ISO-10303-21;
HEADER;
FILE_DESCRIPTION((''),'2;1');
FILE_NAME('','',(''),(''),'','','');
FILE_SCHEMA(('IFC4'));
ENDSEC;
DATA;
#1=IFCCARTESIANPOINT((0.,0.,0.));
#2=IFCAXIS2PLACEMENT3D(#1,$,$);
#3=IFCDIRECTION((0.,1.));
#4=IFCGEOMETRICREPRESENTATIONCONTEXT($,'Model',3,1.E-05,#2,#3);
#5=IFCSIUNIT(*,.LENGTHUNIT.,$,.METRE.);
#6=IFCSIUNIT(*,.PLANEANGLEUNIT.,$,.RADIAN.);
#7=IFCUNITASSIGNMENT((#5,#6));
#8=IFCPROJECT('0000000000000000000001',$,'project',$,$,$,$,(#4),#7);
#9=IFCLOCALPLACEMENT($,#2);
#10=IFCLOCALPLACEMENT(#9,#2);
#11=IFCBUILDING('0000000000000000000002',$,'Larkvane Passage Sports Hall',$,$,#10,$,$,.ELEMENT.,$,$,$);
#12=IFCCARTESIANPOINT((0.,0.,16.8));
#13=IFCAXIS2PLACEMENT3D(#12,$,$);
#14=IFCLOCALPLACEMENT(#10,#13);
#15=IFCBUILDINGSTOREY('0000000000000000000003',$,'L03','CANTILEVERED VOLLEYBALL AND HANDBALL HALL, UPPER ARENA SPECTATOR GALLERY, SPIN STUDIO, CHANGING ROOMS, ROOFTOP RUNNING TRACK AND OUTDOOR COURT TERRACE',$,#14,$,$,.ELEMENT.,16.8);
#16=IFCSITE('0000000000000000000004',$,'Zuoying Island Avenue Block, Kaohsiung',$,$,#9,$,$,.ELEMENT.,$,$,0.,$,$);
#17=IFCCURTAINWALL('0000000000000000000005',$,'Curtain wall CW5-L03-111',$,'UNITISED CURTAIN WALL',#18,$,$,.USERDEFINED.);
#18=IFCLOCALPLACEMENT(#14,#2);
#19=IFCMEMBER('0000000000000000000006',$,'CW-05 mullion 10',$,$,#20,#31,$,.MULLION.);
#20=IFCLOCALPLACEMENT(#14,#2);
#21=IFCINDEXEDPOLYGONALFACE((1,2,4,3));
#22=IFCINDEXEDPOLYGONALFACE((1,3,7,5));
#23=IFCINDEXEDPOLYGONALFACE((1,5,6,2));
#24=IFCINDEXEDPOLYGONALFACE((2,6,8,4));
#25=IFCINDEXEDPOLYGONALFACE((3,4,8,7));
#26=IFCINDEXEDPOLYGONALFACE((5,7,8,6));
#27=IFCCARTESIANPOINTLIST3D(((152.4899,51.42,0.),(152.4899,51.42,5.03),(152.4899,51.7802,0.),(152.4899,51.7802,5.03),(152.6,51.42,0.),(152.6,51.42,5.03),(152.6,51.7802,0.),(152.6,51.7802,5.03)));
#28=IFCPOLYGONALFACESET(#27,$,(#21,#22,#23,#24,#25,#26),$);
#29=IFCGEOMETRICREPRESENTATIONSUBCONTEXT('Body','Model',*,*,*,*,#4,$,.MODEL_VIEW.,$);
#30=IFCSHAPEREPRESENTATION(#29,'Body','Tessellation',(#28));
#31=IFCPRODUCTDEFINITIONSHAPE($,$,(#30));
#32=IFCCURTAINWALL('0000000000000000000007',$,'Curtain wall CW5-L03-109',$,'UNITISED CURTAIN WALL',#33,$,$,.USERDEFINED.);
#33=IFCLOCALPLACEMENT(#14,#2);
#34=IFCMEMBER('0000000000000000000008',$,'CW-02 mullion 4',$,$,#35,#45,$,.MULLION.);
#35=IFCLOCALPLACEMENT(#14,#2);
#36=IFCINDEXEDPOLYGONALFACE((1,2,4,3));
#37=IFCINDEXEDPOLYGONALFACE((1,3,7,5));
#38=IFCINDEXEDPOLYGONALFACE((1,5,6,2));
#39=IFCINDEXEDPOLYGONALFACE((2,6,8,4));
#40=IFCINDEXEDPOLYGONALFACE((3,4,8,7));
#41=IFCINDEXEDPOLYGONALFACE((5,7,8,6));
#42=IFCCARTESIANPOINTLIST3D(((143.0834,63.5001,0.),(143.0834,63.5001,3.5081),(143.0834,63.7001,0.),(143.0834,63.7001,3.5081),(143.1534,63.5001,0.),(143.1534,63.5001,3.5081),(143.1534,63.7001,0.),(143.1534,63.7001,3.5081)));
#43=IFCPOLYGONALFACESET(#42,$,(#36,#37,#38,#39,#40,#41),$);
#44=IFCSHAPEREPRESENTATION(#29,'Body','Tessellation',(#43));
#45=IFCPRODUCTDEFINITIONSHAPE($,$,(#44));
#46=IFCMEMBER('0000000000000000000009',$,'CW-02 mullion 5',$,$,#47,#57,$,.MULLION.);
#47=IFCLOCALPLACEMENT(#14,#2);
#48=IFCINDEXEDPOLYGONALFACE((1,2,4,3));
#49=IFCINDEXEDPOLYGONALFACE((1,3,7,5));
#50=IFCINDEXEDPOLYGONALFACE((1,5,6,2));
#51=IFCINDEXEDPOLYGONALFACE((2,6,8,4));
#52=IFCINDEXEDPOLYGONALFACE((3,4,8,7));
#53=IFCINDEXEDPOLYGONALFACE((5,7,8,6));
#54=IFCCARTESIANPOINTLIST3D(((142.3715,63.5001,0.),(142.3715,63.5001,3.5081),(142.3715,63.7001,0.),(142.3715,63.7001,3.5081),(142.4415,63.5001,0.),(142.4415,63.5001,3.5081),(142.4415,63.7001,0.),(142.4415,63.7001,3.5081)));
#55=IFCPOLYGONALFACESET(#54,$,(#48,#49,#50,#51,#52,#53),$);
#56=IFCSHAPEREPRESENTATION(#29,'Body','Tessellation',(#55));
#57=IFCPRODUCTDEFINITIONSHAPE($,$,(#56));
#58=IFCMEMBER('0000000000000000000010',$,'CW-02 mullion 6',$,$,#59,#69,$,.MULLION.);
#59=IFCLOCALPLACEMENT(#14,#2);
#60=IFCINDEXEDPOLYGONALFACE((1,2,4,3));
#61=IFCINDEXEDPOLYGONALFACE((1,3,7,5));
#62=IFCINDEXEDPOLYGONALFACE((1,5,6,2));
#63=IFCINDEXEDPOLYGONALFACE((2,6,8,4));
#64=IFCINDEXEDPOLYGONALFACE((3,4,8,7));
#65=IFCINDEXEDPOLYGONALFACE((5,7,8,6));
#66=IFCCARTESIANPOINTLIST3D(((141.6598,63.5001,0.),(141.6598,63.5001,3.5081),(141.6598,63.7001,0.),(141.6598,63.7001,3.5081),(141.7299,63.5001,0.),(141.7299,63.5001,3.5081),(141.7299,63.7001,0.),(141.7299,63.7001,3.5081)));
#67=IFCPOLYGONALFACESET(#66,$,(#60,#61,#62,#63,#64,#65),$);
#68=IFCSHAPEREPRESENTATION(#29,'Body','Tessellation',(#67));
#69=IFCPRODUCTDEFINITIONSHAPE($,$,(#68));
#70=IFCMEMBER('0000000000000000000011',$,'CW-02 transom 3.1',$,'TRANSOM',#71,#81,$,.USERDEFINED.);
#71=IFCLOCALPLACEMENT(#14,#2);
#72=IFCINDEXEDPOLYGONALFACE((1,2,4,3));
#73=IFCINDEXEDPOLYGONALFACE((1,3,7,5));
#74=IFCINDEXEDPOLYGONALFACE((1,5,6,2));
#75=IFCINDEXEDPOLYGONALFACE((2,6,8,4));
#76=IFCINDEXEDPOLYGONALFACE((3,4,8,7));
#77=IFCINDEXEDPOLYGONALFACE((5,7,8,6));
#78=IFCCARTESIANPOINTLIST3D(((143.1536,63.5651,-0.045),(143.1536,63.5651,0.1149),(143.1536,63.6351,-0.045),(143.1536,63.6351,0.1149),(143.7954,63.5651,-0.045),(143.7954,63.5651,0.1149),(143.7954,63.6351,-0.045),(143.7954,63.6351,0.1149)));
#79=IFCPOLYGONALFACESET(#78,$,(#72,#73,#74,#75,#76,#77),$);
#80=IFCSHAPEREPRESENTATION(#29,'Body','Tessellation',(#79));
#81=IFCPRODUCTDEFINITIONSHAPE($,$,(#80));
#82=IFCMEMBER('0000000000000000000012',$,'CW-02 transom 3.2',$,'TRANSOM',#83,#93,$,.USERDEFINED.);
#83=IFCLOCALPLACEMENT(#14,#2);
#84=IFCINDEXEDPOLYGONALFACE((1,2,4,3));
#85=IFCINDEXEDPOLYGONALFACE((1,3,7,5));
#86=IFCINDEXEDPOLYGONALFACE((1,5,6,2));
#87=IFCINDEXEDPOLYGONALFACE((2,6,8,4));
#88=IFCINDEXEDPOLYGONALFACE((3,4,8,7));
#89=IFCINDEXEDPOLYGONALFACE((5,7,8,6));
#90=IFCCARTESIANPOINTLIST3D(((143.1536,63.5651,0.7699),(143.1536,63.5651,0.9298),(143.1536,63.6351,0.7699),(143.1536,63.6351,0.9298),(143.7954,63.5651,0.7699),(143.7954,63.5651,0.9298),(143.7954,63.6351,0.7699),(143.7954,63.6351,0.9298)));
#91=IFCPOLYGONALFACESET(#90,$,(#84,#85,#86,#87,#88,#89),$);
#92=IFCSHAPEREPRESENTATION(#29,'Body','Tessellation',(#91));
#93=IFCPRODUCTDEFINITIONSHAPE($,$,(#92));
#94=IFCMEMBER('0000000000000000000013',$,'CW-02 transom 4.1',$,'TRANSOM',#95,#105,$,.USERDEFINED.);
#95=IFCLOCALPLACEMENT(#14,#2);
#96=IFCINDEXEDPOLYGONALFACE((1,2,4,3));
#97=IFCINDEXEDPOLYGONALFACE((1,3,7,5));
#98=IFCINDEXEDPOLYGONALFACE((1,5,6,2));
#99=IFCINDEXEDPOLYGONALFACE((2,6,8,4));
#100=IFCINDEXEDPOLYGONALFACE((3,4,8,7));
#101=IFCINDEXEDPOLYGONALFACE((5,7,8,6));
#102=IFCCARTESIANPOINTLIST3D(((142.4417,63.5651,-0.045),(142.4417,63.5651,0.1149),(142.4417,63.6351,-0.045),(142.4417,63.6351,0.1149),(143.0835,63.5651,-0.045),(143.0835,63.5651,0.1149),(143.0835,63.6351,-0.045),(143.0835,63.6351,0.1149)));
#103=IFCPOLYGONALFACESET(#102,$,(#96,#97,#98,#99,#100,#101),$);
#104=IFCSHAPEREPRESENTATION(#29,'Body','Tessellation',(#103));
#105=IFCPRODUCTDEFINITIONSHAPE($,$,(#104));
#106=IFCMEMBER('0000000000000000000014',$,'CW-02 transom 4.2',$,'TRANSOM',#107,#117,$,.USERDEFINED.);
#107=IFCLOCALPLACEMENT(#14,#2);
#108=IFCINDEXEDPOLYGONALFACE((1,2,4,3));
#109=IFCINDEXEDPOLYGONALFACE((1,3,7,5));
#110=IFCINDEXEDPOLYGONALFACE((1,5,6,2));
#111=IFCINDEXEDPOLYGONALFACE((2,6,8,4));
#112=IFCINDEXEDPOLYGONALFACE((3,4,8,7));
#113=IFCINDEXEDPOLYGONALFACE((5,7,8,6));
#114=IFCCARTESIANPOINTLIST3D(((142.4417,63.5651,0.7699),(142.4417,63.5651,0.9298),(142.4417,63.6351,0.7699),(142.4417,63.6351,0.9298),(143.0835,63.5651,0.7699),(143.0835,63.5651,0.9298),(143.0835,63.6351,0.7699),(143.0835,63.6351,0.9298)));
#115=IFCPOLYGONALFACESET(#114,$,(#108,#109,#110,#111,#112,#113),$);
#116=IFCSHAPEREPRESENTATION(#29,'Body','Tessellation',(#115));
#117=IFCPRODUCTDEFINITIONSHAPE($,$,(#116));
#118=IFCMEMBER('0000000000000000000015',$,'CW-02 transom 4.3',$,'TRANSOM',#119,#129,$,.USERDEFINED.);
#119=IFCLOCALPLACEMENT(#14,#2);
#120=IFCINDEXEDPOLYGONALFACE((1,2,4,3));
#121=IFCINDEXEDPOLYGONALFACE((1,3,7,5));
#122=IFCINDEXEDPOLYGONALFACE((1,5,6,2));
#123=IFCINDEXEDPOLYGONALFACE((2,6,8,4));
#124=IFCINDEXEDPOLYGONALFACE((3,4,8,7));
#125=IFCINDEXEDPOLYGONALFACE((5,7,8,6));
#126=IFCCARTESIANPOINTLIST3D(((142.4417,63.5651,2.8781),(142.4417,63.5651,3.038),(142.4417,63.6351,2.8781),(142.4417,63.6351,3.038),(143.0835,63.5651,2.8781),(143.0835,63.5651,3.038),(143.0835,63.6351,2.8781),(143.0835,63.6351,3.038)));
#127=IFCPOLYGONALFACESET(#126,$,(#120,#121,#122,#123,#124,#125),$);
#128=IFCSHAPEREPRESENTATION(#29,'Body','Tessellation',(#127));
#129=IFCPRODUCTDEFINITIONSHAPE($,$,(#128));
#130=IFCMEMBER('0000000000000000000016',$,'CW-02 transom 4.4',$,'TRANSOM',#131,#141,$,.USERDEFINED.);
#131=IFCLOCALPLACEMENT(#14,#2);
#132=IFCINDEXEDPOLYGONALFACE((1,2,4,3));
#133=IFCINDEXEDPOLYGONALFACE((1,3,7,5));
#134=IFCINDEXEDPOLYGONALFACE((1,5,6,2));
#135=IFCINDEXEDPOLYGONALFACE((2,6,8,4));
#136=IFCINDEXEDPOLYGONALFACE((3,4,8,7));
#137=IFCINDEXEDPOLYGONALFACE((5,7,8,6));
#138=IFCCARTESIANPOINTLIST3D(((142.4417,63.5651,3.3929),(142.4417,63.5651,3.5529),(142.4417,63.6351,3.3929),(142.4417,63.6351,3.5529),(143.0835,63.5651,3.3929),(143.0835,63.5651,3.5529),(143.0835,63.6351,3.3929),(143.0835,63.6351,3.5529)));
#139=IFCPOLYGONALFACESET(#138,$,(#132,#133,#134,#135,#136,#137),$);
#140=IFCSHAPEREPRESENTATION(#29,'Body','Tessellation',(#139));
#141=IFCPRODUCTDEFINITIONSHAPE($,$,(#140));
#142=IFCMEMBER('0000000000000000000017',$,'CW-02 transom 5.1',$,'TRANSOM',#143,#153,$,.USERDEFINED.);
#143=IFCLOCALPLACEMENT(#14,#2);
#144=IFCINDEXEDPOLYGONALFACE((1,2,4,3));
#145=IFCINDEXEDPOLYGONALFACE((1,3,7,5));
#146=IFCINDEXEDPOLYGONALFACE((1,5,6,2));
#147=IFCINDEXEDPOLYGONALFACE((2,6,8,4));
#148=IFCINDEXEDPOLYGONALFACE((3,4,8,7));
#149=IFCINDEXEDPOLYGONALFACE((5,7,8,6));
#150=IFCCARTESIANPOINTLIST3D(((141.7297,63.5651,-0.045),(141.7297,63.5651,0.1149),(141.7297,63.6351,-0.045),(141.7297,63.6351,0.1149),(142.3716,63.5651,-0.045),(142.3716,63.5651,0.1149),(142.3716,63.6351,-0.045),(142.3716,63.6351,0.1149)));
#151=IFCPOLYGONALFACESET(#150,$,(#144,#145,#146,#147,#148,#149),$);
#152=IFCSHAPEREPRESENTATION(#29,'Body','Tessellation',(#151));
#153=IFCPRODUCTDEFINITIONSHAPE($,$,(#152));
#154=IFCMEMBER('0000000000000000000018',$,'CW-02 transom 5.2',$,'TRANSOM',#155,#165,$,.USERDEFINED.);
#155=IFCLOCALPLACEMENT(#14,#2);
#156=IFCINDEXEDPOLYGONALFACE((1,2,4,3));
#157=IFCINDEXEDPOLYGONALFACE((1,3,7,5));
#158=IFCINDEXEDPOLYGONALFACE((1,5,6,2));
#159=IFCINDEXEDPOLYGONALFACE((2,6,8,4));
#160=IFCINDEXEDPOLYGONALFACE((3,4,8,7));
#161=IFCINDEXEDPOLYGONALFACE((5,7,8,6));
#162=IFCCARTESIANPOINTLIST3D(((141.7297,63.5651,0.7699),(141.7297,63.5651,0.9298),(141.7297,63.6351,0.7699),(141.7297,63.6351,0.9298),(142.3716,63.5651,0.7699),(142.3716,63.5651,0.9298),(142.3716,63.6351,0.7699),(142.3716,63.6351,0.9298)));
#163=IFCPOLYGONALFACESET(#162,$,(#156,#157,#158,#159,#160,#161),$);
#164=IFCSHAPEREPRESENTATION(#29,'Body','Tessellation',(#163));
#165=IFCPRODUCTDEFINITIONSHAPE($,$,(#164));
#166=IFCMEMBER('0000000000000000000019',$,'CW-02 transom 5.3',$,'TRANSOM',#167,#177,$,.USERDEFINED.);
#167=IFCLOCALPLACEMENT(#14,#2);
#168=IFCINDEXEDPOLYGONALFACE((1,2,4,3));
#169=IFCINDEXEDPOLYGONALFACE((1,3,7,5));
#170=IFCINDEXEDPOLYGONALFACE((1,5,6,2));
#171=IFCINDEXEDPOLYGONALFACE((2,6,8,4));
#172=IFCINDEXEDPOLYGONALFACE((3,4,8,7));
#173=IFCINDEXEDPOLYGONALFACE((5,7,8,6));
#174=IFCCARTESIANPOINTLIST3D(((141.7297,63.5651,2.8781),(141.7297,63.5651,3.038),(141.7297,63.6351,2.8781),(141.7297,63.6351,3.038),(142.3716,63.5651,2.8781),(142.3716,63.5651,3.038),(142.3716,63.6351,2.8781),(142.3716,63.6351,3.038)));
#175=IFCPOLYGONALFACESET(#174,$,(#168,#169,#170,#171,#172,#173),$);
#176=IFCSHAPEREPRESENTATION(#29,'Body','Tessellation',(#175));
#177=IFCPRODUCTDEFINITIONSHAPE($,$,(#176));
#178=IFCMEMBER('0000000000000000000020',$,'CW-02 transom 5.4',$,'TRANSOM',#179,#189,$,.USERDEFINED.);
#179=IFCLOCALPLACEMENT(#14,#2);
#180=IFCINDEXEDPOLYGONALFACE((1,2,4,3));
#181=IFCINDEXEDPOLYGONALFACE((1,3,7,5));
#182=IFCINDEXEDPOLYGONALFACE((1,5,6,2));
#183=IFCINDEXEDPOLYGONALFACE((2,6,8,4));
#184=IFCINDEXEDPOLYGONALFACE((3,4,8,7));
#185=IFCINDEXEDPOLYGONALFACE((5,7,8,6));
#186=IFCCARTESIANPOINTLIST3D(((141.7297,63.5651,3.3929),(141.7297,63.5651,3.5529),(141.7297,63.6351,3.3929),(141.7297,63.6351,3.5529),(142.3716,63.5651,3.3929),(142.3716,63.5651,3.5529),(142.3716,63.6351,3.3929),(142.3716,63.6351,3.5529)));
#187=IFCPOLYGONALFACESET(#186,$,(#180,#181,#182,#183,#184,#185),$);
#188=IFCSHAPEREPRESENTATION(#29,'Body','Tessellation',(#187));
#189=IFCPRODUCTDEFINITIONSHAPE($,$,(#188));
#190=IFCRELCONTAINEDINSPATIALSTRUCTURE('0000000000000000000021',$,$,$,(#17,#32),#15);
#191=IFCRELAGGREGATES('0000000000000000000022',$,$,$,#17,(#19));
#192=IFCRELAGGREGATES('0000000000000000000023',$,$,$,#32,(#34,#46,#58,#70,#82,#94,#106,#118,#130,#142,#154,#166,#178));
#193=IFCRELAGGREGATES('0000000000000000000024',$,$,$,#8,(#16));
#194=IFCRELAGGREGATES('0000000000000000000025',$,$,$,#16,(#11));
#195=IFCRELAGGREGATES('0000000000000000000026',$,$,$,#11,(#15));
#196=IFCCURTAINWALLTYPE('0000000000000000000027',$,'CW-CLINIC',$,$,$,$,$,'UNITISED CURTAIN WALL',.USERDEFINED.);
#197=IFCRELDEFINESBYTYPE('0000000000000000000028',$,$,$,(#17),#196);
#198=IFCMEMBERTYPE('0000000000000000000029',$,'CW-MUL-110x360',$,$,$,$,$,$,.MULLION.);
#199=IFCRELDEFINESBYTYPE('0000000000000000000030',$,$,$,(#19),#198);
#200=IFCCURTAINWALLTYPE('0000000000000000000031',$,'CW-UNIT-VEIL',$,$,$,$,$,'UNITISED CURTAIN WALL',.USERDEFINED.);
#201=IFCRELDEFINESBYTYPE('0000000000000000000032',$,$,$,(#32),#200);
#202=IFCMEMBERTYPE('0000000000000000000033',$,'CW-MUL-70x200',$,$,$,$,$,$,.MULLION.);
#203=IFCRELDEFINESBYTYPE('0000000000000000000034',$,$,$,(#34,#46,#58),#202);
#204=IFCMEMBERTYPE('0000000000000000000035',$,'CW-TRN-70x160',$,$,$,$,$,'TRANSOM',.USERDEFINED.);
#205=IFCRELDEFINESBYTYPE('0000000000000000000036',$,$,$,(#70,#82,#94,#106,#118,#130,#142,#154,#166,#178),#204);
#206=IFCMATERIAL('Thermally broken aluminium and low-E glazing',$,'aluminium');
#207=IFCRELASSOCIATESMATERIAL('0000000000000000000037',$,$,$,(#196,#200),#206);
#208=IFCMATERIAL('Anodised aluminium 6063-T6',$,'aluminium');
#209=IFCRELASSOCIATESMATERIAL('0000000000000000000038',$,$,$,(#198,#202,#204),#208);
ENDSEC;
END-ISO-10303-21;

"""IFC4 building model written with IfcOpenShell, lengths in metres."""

from ifc_helpers import new_model, si_unit, direction, frame, origin, origin_2d, place, context, subcontext, project, spatial, rectangle, extrude, material, material_profile, profile_set, type_object, element, aggregate, save


model = new_model("IFC4")

# Units and contexts
model_context = context("Model", 3, precision=1e-05, world=origin(), true_north=direction((0.0, 1.0)))
body_context = subcontext(model_context, "Body", "Model", "MODEL_VIEW")
ifc_project = project(units=[si_unit("LENGTHUNIT", "METRE"), si_unit("PLANEANGLEUNIT", "RADIAN")], contexts=[model_context])

# Site, building, storey
site_placement = place(None, origin())
site = spatial("IfcSite", under=ifc_project, at=site_placement, Name="Zuoying Island Avenue Block, Kaohsiung", CompositionType="ELEMENT", RefElevation=0.0)
building_placement = place(site_placement, origin())
building = spatial("IfcBuilding", under=site, at=building_placement, Name="Larkvane Passage Sports Hall", CompositionType="ELEMENT")
storey_placement = place(building_placement, frame((0.0, 0.0, 16.8)))
storey = spatial("IfcBuildingStorey", under=building, at=storey_placement, Name="L03", Description="CANTILEVERED VOLLEYBALL AND HANDBALL HALL, UPPER ARENA SPECTATOR GALLERY, SPIN STUDIO, CHANGING ROOMS, ROOFTOP RUNNING TRACK AND OUTDOOR COURT TERRACE", CompositionType="ELEMENT", Elevation=16.8)

# Curtain wall, member
ifc_material_1 = material(Name="Thermally broken aluminium and low-E glazing", Category="aluminium")
curtain_wall_type_1 = type_object("IfcCurtainWallType", Name="CW-CLINIC", ElementType="UNITISED CURTAIN WALL", PredefinedType="USERDEFINED", material=ifc_material_1)
curtain_wall_1_placement = place(storey_placement, origin())
curtain_wall_1 = element("IfcCurtainWall", 1, at=curtain_wall_1_placement, inside=storey, type_object=curtain_wall_type_1, Name="Curtain wall CW5-L03-111", ObjectType="UNITISED CURTAIN WALL", PredefinedType="USERDEFINED")
ifc_material_2 = material(Name="Anodised aluminium 6063-T6", Category="aluminium")
ifc_material_profile_1 = material_profile(ifc_material_2, rectangle(XDim=0.1101, YDim=0.3601, at=origin_2d()), Name="ALU-MUL-110x360")
ifc_profile_set_1 = profile_set([ifc_material_profile_1], Name="Anodised aluminium 6063-T6")
member_type_1 = type_object("IfcMemberType", Name="CW-MUL-110x360", PredefinedType="MULLION", material=ifc_profile_set_1)
member_1_placement = place(storey_placement, frame((152.5449, 51.6001, 0.0), z_axis=(0.0, 0.0, 1.0), x_axis=(1.0, 0.0, 0.0)))
member_1 = element("IfcMember", 2, at=member_1_placement, type_object=member_type_1, Name="CW-05 mullion 10", PredefinedType="MULLION", context=body_context, shape_type="SweptSolid", body=[
    extrude(rectangle(XDim=0.1101, YDim=0.3601, at=origin_2d()), origin(), (0.0, 0.0, 1.0), 5.03),
])
aggregate(curtain_wall_1, [member_1])

# Curtain wall, members
curtain_wall_type_2 = type_object("IfcCurtainWallType", Name="CW-UNIT-VEIL", ElementType="UNITISED CURTAIN WALL", PredefinedType="USERDEFINED", material=ifc_material_1)
curtain_wall_2_placement = place(storey_placement, origin())
curtain_wall_2 = element("IfcCurtainWall", 3, at=curtain_wall_2_placement, inside=storey, type_object=curtain_wall_type_2, Name="Curtain wall CW5-L03-109", ObjectType="UNITISED CURTAIN WALL", PredefinedType="USERDEFINED")
ifc_material_profile_2 = material_profile(ifc_material_2, rectangle(XDim=0.0701, YDim=0.2, at=origin_2d()), Name="ALU-MUL-70x200")
ifc_profile_set_2 = profile_set([ifc_material_profile_2], Name="Anodised aluminium 6063-T6")
member_type_2 = type_object("IfcMemberType", Name="CW-MUL-70x200", PredefinedType="MULLION", material=ifc_profile_set_2)
member_2_placement = place(storey_placement, frame((143.1184, 63.6001, 0.0), z_axis=(0.0, 0.0, 1.0), x_axis=(-1.0, 0.0, 0.0)))
member_2 = element("IfcMember", 4, at=member_2_placement, type_object=member_type_2, Name="CW-02 mullion 4", PredefinedType="MULLION", context=body_context, shape_type="SweptSolid", body=[
    extrude(rectangle(XDim=0.0701, YDim=0.2, at=origin_2d()), origin(), (0.0, 0.0, 1.0), 3.5081),
])
member_3_placement = place(storey_placement, frame((142.4065, 63.6001, 0.0), z_axis=(0.0, 0.0, 1.0), x_axis=(-1.0, 0.0, 0.0)))
member_3 = element("IfcMember", 5, at=member_3_placement, type_object=member_type_2, Name="CW-02 mullion 5", PredefinedType="MULLION", context=body_context, shape_type="SweptSolid", body=[
    extrude(rectangle(XDim=0.0701, YDim=0.2, at=origin_2d()), origin(), (0.0, 0.0, 1.0), 3.5081),
])
member_4_placement = place(storey_placement, frame((141.6948, 63.6001, 0.0), z_axis=(0.0, 0.0, 1.0), x_axis=(-1.0, 0.0, 0.0)))
member_4 = element("IfcMember", 6, at=member_4_placement, type_object=member_type_2, Name="CW-02 mullion 6", PredefinedType="MULLION", context=body_context, shape_type="SweptSolid", body=[
    extrude(rectangle(XDim=0.0701, YDim=0.2, at=origin_2d()), origin(), (0.0, 0.0, 1.0), 3.5081),
])
ifc_material_profile_3 = material_profile(ifc_material_2, rectangle(XDim=0.0701, YDim=0.1599, at=origin_2d()), Name="ALU-TRN-70x160")
ifc_profile_set_3 = profile_set([ifc_material_profile_3], Name="Anodised aluminium 6063-T6")
member_type_3 = type_object("IfcMemberType", Name="CW-TRN-70x160", ElementType="TRANSOM", PredefinedType="USERDEFINED", material=ifc_profile_set_3)
member_5_placement = place(storey_placement, frame((143.7954, 63.6001, 0.0349), z_axis=(-1.0, 0.0, 0.0), x_axis=(0.0, -1.0, 0.0)))
member_5 = element("IfcMember", 7, at=member_5_placement, type_object=member_type_3, Name="CW-02 transom 3.1", ObjectType="TRANSOM", PredefinedType="USERDEFINED", context=body_context, shape_type="SweptSolid", body=[
    extrude(rectangle(XDim=0.0701, YDim=0.1599, at=origin_2d()), origin(), (0.0, 0.0, 1.0), 0.6418),
])
member_6_placement = place(storey_placement, frame((143.7954, 63.6001, 0.8499), z_axis=(-1.0, 0.0, 0.0), x_axis=(0.0, -1.0, 0.0)))
member_6 = element("IfcMember", 8, at=member_6_placement, type_object=member_type_3, Name="CW-02 transom 3.2", ObjectType="TRANSOM", PredefinedType="USERDEFINED", context=body_context, shape_type="SweptSolid", body=[
    extrude(rectangle(XDim=0.0701, YDim=0.1599, at=origin_2d()), origin(), (0.0, 0.0, 1.0), 0.6418),
])
member_7_placement = place(storey_placement, frame((143.0835, 63.6001, 0.0349), z_axis=(-1.0, 0.0, 0.0), x_axis=(0.0, -1.0, 0.0)))
member_7 = element("IfcMember", 9, at=member_7_placement, type_object=member_type_3, Name="CW-02 transom 4.1", ObjectType="TRANSOM", PredefinedType="USERDEFINED", context=body_context, shape_type="SweptSolid", body=[
    extrude(rectangle(XDim=0.0701, YDim=0.1599, at=origin_2d()), origin(), (0.0, 0.0, 1.0), 0.6418),
])
member_8_placement = place(storey_placement, frame((143.0835, 63.6001, 0.8499), z_axis=(-1.0, 0.0, 0.0), x_axis=(0.0, -1.0, 0.0)))
member_8 = element("IfcMember", 10, at=member_8_placement, type_object=member_type_3, Name="CW-02 transom 4.2", ObjectType="TRANSOM", PredefinedType="USERDEFINED", context=body_context, shape_type="SweptSolid", body=[
    extrude(rectangle(XDim=0.0701, YDim=0.1599, at=origin_2d()), origin(), (0.0, 0.0, 1.0), 0.6418),
])
member_9_placement = place(storey_placement, frame((143.0835, 63.6001, 2.958), z_axis=(-1.0, 0.0, 0.0), x_axis=(0.0, -1.0, 0.0)))
member_9 = element("IfcMember", 11, at=member_9_placement, type_object=member_type_3, Name="CW-02 transom 4.3", ObjectType="TRANSOM", PredefinedType="USERDEFINED", context=body_context, shape_type="SweptSolid", body=[
    extrude(rectangle(XDim=0.0701, YDim=0.1599, at=origin_2d()), origin(), (0.0, 0.0, 1.0), 0.6418),
])
member_10_placement = place(storey_placement, frame((143.0835, 63.6001, 3.4729), z_axis=(-1.0, 0.0, 0.0), x_axis=(0.0, -1.0, 0.0)))
member_10 = element("IfcMember", 12, at=member_10_placement, type_object=member_type_3, Name="CW-02 transom 4.4", ObjectType="TRANSOM", PredefinedType="USERDEFINED", context=body_context, shape_type="SweptSolid", body=[
    extrude(rectangle(XDim=0.0701, YDim=0.1599, at=origin_2d()), origin(), (0.0, 0.0, 1.0), 0.6418),
])
member_11_placement = place(storey_placement, frame((142.3716, 63.6001, 0.0349), z_axis=(-1.0, 0.0, 0.0), x_axis=(0.0, -1.0, 0.0)))
member_11 = element("IfcMember", 13, at=member_11_placement, type_object=member_type_3, Name="CW-02 transom 5.1", ObjectType="TRANSOM", PredefinedType="USERDEFINED", context=body_context, shape_type="SweptSolid", body=[
    extrude(rectangle(XDim=0.0701, YDim=0.1599, at=origin_2d()), origin(), (0.0, 0.0, 1.0), 0.6418),
])
member_12_placement = place(storey_placement, frame((142.3716, 63.6001, 0.8499), z_axis=(-1.0, 0.0, 0.0), x_axis=(0.0, -1.0, 0.0)))
member_12 = element("IfcMember", 14, at=member_12_placement, type_object=member_type_3, Name="CW-02 transom 5.2", ObjectType="TRANSOM", PredefinedType="USERDEFINED", context=body_context, shape_type="SweptSolid", body=[
    extrude(rectangle(XDim=0.0701, YDim=0.1599, at=origin_2d()), origin(), (0.0, 0.0, 1.0), 0.6418),
])
member_13_placement = place(storey_placement, frame((142.3716, 63.6001, 2.958), z_axis=(-1.0, 0.0, 0.0), x_axis=(0.0, -1.0, 0.0)))
member_13 = element("IfcMember", 15, at=member_13_placement, type_object=member_type_3, Name="CW-02 transom 5.3", ObjectType="TRANSOM", PredefinedType="USERDEFINED", context=body_context, shape_type="SweptSolid", body=[
    extrude(rectangle(XDim=0.0701, YDim=0.1599, at=origin_2d()), origin(), (0.0, 0.0, 1.0), 0.6418),
])
member_14_placement = place(storey_placement, frame((142.3716, 63.6001, 3.4729), z_axis=(-1.0, 0.0, 0.0), x_axis=(0.0, -1.0, 0.0)))
member_14 = element("IfcMember", 16, at=member_14_placement, type_object=member_type_3, Name="CW-02 transom 5.4", ObjectType="TRANSOM", PredefinedType="USERDEFINED", context=body_context, shape_type="SweptSolid", body=[
    extrude(rectangle(XDim=0.0701, YDim=0.1599, at=origin_2d()), origin(), (0.0, 0.0, 1.0), 0.6418),
])
aggregate(curtain_wall_2, [member_2, member_3, member_4, member_5, member_6, member_7, member_8, member_9, member_10, member_11, member_12, member_13, member_14])

save(model, "model.ifc")
